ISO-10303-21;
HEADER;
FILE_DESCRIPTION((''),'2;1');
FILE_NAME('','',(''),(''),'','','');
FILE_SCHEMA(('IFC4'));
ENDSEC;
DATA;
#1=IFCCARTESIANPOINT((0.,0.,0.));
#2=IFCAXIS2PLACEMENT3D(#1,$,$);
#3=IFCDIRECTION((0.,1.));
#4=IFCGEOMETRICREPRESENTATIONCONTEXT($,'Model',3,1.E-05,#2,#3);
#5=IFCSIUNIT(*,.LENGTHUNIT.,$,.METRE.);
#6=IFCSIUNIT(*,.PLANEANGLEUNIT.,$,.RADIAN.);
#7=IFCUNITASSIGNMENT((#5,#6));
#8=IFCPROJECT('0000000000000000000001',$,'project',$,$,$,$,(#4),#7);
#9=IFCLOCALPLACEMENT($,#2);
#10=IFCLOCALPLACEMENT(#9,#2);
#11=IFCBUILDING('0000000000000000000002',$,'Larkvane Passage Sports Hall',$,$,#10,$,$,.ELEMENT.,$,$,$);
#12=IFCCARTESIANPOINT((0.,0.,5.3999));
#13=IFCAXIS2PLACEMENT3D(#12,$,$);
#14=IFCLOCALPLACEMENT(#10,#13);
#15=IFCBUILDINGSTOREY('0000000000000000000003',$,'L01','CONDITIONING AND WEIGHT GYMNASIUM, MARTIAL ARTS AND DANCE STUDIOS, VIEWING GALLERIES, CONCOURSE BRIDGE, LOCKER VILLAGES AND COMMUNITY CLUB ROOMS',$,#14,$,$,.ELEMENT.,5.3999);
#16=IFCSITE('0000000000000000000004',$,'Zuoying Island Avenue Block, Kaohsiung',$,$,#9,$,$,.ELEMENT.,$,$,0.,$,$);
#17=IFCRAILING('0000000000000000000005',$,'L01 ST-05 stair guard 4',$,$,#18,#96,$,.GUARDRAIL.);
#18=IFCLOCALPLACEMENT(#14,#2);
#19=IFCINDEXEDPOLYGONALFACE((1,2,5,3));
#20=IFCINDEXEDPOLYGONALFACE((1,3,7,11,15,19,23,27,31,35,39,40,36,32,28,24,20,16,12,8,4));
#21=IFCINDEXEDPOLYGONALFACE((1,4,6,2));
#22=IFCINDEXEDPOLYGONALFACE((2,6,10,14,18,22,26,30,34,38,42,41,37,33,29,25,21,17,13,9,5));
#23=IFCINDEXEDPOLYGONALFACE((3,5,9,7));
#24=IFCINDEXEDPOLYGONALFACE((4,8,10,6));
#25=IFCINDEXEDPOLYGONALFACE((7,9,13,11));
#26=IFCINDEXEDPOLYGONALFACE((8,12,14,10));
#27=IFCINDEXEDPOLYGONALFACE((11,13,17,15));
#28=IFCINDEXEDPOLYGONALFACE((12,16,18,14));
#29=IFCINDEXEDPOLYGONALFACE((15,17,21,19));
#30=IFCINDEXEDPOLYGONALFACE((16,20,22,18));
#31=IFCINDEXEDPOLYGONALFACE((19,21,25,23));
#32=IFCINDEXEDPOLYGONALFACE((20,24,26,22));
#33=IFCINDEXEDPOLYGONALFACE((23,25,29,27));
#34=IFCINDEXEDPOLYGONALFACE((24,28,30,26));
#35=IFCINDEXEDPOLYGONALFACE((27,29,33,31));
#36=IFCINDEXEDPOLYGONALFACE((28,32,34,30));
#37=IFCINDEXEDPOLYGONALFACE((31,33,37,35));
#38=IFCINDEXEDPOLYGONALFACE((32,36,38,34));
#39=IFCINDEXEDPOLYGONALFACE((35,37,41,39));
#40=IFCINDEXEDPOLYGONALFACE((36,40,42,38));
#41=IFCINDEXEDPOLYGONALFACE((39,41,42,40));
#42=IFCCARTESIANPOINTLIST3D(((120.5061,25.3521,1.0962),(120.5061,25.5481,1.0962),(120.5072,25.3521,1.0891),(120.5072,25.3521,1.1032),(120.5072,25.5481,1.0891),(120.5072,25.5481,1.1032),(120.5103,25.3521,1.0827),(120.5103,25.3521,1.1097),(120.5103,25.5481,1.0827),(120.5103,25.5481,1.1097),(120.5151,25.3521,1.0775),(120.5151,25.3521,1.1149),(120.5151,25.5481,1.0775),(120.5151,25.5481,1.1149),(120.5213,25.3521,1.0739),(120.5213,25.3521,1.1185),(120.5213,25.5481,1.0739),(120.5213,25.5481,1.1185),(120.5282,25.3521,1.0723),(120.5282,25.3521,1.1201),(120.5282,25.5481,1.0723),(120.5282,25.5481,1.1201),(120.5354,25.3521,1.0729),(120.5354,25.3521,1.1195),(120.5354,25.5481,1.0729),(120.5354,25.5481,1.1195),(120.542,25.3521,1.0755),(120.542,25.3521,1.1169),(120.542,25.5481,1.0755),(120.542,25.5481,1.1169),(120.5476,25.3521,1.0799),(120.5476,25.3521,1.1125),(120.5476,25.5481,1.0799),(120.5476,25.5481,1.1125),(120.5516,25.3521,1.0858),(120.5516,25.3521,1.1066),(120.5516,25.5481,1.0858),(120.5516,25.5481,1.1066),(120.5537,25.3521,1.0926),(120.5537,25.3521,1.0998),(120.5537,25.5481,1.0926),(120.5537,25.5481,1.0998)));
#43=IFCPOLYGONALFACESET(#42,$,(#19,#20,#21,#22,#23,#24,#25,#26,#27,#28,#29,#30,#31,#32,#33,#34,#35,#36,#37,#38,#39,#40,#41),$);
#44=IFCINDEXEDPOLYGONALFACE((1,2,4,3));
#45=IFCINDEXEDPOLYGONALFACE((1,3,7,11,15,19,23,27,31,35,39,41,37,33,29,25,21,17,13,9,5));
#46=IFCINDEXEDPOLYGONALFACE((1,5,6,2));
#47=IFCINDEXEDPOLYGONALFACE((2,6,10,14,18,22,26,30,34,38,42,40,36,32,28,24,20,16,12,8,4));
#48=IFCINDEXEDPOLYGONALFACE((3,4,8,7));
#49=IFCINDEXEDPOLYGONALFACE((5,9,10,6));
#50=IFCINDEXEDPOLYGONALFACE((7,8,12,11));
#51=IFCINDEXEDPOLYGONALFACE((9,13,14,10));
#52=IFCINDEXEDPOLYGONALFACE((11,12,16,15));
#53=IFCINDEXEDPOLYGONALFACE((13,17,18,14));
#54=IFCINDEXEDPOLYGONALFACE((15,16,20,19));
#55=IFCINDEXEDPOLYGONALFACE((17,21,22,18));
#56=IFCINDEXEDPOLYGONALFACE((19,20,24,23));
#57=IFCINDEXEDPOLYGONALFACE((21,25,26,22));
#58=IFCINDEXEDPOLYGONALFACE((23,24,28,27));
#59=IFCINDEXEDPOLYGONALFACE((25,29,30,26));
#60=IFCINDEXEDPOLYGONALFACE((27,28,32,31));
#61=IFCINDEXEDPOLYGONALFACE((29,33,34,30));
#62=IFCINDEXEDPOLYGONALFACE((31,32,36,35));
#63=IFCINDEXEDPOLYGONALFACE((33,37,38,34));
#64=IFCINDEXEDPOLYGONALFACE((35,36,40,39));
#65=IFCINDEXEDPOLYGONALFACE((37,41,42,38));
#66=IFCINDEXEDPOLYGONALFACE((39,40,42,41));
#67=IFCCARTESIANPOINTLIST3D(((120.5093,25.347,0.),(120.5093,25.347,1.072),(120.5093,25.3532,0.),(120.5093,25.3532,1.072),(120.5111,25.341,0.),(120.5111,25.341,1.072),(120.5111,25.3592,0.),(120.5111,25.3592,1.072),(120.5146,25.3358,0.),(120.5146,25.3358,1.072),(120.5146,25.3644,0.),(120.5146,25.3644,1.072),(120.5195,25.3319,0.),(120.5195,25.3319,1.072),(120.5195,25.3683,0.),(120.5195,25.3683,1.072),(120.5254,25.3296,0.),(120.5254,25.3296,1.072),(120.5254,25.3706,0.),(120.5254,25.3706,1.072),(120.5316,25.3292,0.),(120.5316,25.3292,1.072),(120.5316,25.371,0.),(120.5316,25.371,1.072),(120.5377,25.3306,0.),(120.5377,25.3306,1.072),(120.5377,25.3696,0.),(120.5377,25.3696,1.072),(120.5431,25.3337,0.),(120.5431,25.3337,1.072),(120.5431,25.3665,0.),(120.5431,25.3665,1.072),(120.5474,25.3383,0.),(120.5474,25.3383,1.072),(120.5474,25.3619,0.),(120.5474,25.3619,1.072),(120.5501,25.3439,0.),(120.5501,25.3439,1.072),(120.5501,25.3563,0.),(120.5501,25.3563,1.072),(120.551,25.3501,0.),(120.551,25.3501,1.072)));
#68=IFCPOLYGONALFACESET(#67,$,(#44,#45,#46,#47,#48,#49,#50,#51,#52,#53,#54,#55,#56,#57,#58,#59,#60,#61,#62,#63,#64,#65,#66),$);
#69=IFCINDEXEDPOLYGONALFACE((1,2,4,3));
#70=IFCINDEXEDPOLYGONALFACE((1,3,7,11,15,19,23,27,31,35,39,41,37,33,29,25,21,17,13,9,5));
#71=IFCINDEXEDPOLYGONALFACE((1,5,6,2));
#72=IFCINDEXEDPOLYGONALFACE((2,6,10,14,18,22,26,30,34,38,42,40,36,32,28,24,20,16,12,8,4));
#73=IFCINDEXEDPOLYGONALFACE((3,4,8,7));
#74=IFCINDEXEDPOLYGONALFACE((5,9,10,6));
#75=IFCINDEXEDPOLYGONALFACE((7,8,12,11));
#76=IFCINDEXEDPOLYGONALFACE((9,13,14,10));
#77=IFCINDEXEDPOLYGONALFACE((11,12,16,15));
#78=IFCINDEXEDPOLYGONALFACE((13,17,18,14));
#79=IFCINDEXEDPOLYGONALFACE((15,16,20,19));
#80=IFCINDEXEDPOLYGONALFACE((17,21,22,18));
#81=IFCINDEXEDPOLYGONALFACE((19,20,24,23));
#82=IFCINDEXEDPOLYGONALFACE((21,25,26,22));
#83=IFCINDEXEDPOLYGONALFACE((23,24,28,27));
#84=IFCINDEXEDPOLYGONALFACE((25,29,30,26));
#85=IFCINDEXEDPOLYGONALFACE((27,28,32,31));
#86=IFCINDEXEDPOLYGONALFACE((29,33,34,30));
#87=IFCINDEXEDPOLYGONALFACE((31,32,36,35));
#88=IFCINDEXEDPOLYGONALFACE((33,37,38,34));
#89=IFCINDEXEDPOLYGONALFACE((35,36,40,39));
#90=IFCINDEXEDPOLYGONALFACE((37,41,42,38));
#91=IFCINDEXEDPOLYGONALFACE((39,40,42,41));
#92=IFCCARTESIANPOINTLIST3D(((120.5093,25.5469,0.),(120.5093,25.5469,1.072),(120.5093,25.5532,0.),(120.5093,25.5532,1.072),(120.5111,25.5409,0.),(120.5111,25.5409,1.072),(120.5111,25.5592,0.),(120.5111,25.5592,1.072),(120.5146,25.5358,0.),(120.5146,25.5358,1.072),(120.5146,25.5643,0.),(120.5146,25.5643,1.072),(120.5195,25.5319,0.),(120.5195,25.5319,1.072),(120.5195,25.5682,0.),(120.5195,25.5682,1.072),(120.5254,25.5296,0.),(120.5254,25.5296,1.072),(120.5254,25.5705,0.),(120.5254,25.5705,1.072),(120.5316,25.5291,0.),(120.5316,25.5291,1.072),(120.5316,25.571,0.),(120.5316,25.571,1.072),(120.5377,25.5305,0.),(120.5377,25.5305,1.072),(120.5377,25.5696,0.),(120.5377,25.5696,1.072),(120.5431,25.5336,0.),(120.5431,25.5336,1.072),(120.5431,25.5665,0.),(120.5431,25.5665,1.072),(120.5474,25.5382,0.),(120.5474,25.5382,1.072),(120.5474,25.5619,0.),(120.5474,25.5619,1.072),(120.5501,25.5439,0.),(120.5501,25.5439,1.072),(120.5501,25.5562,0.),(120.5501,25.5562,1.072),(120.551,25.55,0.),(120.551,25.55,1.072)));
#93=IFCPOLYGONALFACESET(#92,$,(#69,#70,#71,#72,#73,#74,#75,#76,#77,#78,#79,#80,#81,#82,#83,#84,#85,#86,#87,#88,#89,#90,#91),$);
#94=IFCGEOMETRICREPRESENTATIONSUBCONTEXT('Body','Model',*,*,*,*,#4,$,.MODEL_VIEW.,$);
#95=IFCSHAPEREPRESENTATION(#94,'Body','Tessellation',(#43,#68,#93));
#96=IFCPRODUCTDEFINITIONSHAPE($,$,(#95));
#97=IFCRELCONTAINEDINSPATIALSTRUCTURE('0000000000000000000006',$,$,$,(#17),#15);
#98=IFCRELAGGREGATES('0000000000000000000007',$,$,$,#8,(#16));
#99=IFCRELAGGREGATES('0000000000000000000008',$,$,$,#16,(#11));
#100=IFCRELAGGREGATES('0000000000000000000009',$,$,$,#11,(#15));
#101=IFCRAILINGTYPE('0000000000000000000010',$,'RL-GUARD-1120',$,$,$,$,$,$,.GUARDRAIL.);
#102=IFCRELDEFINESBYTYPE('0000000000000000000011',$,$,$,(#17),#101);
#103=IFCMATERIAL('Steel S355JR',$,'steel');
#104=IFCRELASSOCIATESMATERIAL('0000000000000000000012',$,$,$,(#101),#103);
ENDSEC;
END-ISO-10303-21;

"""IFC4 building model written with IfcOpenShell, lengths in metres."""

from ifc_helpers import new_model, si_unit, direction, frame, origin, origin_2d, place, context, subcontext, project, spatial, circle, extrude, material, type_object, element, save


model = new_model("IFC4")

# Units and contexts
model_context = context("Model", 3, precision=1e-05, world=origin(), true_north=direction((0.0, 1.0)))
body_context = subcontext(model_context, "Body", "Model", "MODEL_VIEW")
ifc_project = project(units=[si_unit("LENGTHUNIT", "METRE"), si_unit("PLANEANGLEUNIT", "RADIAN")], contexts=[model_context])

# Site, building, storey
site_placement = place(None, origin())
site = spatial("IfcSite", under=ifc_project, at=site_placement, Name="Zuoying Island Avenue Block, Kaohsiung", CompositionType="ELEMENT", RefElevation=0.0)
building_placement = place(site_placement, origin())
building = spatial("IfcBuilding", under=site, at=building_placement, Name="Larkvane Passage Sports Hall", CompositionType="ELEMENT")
storey_placement = place(building_placement, frame((0.0, 0.0, 5.3999)))
storey = spatial("IfcBuildingStorey", under=building, at=storey_placement, Name="L01", Description="CONDITIONING AND WEIGHT GYMNASIUM, MARTIAL ARTS AND DANCE STUDIOS, VIEWING GALLERIES, CONCOURSE BRIDGE, LOCKER VILLAGES AND COMMUNITY CLUB ROOMS", CompositionType="ELEMENT", Elevation=5.3999)

# Shared definitions
ifc_material_1 = material(Name="Steel S355JR", Category="steel")

# Railing
railing_type_1 = type_object("IfcRailingType", Name="RL-GUARD-1120", PredefinedType="GUARDRAIL", material=ifc_material_1)
railing_1_placement = place(storey_placement, frame((120.53, 25.3501, 0.0)))
element("IfcRailing", 1, at=railing_1_placement, inside=storey, type_object=railing_type_1, Name="L01 ST-05 stair guard 4", PredefinedType="GUARDRAIL", context=body_context, shape_type="SweptSolid", body=[
    extrude(circle(Radius=0.0239, at=origin_2d()), frame((0.0, 0.002, 1.0962), z_axis=(0.0, 1.0, 0.0), x_axis=(-1.0, 0.0, 0.0)), (0.0, 0.0, 1.0), 0.196),
    extrude(circle(Radius=0.021, at=origin_2d()), origin(), (0.0, 0.0, 1.0), 1.072),
    extrude(circle(Radius=0.021, at=origin_2d()), frame((0.0, 0.2, 0.0)), (0.0, 0.0, 1.0), 1.072),
])

save(model, "model.ifc")
